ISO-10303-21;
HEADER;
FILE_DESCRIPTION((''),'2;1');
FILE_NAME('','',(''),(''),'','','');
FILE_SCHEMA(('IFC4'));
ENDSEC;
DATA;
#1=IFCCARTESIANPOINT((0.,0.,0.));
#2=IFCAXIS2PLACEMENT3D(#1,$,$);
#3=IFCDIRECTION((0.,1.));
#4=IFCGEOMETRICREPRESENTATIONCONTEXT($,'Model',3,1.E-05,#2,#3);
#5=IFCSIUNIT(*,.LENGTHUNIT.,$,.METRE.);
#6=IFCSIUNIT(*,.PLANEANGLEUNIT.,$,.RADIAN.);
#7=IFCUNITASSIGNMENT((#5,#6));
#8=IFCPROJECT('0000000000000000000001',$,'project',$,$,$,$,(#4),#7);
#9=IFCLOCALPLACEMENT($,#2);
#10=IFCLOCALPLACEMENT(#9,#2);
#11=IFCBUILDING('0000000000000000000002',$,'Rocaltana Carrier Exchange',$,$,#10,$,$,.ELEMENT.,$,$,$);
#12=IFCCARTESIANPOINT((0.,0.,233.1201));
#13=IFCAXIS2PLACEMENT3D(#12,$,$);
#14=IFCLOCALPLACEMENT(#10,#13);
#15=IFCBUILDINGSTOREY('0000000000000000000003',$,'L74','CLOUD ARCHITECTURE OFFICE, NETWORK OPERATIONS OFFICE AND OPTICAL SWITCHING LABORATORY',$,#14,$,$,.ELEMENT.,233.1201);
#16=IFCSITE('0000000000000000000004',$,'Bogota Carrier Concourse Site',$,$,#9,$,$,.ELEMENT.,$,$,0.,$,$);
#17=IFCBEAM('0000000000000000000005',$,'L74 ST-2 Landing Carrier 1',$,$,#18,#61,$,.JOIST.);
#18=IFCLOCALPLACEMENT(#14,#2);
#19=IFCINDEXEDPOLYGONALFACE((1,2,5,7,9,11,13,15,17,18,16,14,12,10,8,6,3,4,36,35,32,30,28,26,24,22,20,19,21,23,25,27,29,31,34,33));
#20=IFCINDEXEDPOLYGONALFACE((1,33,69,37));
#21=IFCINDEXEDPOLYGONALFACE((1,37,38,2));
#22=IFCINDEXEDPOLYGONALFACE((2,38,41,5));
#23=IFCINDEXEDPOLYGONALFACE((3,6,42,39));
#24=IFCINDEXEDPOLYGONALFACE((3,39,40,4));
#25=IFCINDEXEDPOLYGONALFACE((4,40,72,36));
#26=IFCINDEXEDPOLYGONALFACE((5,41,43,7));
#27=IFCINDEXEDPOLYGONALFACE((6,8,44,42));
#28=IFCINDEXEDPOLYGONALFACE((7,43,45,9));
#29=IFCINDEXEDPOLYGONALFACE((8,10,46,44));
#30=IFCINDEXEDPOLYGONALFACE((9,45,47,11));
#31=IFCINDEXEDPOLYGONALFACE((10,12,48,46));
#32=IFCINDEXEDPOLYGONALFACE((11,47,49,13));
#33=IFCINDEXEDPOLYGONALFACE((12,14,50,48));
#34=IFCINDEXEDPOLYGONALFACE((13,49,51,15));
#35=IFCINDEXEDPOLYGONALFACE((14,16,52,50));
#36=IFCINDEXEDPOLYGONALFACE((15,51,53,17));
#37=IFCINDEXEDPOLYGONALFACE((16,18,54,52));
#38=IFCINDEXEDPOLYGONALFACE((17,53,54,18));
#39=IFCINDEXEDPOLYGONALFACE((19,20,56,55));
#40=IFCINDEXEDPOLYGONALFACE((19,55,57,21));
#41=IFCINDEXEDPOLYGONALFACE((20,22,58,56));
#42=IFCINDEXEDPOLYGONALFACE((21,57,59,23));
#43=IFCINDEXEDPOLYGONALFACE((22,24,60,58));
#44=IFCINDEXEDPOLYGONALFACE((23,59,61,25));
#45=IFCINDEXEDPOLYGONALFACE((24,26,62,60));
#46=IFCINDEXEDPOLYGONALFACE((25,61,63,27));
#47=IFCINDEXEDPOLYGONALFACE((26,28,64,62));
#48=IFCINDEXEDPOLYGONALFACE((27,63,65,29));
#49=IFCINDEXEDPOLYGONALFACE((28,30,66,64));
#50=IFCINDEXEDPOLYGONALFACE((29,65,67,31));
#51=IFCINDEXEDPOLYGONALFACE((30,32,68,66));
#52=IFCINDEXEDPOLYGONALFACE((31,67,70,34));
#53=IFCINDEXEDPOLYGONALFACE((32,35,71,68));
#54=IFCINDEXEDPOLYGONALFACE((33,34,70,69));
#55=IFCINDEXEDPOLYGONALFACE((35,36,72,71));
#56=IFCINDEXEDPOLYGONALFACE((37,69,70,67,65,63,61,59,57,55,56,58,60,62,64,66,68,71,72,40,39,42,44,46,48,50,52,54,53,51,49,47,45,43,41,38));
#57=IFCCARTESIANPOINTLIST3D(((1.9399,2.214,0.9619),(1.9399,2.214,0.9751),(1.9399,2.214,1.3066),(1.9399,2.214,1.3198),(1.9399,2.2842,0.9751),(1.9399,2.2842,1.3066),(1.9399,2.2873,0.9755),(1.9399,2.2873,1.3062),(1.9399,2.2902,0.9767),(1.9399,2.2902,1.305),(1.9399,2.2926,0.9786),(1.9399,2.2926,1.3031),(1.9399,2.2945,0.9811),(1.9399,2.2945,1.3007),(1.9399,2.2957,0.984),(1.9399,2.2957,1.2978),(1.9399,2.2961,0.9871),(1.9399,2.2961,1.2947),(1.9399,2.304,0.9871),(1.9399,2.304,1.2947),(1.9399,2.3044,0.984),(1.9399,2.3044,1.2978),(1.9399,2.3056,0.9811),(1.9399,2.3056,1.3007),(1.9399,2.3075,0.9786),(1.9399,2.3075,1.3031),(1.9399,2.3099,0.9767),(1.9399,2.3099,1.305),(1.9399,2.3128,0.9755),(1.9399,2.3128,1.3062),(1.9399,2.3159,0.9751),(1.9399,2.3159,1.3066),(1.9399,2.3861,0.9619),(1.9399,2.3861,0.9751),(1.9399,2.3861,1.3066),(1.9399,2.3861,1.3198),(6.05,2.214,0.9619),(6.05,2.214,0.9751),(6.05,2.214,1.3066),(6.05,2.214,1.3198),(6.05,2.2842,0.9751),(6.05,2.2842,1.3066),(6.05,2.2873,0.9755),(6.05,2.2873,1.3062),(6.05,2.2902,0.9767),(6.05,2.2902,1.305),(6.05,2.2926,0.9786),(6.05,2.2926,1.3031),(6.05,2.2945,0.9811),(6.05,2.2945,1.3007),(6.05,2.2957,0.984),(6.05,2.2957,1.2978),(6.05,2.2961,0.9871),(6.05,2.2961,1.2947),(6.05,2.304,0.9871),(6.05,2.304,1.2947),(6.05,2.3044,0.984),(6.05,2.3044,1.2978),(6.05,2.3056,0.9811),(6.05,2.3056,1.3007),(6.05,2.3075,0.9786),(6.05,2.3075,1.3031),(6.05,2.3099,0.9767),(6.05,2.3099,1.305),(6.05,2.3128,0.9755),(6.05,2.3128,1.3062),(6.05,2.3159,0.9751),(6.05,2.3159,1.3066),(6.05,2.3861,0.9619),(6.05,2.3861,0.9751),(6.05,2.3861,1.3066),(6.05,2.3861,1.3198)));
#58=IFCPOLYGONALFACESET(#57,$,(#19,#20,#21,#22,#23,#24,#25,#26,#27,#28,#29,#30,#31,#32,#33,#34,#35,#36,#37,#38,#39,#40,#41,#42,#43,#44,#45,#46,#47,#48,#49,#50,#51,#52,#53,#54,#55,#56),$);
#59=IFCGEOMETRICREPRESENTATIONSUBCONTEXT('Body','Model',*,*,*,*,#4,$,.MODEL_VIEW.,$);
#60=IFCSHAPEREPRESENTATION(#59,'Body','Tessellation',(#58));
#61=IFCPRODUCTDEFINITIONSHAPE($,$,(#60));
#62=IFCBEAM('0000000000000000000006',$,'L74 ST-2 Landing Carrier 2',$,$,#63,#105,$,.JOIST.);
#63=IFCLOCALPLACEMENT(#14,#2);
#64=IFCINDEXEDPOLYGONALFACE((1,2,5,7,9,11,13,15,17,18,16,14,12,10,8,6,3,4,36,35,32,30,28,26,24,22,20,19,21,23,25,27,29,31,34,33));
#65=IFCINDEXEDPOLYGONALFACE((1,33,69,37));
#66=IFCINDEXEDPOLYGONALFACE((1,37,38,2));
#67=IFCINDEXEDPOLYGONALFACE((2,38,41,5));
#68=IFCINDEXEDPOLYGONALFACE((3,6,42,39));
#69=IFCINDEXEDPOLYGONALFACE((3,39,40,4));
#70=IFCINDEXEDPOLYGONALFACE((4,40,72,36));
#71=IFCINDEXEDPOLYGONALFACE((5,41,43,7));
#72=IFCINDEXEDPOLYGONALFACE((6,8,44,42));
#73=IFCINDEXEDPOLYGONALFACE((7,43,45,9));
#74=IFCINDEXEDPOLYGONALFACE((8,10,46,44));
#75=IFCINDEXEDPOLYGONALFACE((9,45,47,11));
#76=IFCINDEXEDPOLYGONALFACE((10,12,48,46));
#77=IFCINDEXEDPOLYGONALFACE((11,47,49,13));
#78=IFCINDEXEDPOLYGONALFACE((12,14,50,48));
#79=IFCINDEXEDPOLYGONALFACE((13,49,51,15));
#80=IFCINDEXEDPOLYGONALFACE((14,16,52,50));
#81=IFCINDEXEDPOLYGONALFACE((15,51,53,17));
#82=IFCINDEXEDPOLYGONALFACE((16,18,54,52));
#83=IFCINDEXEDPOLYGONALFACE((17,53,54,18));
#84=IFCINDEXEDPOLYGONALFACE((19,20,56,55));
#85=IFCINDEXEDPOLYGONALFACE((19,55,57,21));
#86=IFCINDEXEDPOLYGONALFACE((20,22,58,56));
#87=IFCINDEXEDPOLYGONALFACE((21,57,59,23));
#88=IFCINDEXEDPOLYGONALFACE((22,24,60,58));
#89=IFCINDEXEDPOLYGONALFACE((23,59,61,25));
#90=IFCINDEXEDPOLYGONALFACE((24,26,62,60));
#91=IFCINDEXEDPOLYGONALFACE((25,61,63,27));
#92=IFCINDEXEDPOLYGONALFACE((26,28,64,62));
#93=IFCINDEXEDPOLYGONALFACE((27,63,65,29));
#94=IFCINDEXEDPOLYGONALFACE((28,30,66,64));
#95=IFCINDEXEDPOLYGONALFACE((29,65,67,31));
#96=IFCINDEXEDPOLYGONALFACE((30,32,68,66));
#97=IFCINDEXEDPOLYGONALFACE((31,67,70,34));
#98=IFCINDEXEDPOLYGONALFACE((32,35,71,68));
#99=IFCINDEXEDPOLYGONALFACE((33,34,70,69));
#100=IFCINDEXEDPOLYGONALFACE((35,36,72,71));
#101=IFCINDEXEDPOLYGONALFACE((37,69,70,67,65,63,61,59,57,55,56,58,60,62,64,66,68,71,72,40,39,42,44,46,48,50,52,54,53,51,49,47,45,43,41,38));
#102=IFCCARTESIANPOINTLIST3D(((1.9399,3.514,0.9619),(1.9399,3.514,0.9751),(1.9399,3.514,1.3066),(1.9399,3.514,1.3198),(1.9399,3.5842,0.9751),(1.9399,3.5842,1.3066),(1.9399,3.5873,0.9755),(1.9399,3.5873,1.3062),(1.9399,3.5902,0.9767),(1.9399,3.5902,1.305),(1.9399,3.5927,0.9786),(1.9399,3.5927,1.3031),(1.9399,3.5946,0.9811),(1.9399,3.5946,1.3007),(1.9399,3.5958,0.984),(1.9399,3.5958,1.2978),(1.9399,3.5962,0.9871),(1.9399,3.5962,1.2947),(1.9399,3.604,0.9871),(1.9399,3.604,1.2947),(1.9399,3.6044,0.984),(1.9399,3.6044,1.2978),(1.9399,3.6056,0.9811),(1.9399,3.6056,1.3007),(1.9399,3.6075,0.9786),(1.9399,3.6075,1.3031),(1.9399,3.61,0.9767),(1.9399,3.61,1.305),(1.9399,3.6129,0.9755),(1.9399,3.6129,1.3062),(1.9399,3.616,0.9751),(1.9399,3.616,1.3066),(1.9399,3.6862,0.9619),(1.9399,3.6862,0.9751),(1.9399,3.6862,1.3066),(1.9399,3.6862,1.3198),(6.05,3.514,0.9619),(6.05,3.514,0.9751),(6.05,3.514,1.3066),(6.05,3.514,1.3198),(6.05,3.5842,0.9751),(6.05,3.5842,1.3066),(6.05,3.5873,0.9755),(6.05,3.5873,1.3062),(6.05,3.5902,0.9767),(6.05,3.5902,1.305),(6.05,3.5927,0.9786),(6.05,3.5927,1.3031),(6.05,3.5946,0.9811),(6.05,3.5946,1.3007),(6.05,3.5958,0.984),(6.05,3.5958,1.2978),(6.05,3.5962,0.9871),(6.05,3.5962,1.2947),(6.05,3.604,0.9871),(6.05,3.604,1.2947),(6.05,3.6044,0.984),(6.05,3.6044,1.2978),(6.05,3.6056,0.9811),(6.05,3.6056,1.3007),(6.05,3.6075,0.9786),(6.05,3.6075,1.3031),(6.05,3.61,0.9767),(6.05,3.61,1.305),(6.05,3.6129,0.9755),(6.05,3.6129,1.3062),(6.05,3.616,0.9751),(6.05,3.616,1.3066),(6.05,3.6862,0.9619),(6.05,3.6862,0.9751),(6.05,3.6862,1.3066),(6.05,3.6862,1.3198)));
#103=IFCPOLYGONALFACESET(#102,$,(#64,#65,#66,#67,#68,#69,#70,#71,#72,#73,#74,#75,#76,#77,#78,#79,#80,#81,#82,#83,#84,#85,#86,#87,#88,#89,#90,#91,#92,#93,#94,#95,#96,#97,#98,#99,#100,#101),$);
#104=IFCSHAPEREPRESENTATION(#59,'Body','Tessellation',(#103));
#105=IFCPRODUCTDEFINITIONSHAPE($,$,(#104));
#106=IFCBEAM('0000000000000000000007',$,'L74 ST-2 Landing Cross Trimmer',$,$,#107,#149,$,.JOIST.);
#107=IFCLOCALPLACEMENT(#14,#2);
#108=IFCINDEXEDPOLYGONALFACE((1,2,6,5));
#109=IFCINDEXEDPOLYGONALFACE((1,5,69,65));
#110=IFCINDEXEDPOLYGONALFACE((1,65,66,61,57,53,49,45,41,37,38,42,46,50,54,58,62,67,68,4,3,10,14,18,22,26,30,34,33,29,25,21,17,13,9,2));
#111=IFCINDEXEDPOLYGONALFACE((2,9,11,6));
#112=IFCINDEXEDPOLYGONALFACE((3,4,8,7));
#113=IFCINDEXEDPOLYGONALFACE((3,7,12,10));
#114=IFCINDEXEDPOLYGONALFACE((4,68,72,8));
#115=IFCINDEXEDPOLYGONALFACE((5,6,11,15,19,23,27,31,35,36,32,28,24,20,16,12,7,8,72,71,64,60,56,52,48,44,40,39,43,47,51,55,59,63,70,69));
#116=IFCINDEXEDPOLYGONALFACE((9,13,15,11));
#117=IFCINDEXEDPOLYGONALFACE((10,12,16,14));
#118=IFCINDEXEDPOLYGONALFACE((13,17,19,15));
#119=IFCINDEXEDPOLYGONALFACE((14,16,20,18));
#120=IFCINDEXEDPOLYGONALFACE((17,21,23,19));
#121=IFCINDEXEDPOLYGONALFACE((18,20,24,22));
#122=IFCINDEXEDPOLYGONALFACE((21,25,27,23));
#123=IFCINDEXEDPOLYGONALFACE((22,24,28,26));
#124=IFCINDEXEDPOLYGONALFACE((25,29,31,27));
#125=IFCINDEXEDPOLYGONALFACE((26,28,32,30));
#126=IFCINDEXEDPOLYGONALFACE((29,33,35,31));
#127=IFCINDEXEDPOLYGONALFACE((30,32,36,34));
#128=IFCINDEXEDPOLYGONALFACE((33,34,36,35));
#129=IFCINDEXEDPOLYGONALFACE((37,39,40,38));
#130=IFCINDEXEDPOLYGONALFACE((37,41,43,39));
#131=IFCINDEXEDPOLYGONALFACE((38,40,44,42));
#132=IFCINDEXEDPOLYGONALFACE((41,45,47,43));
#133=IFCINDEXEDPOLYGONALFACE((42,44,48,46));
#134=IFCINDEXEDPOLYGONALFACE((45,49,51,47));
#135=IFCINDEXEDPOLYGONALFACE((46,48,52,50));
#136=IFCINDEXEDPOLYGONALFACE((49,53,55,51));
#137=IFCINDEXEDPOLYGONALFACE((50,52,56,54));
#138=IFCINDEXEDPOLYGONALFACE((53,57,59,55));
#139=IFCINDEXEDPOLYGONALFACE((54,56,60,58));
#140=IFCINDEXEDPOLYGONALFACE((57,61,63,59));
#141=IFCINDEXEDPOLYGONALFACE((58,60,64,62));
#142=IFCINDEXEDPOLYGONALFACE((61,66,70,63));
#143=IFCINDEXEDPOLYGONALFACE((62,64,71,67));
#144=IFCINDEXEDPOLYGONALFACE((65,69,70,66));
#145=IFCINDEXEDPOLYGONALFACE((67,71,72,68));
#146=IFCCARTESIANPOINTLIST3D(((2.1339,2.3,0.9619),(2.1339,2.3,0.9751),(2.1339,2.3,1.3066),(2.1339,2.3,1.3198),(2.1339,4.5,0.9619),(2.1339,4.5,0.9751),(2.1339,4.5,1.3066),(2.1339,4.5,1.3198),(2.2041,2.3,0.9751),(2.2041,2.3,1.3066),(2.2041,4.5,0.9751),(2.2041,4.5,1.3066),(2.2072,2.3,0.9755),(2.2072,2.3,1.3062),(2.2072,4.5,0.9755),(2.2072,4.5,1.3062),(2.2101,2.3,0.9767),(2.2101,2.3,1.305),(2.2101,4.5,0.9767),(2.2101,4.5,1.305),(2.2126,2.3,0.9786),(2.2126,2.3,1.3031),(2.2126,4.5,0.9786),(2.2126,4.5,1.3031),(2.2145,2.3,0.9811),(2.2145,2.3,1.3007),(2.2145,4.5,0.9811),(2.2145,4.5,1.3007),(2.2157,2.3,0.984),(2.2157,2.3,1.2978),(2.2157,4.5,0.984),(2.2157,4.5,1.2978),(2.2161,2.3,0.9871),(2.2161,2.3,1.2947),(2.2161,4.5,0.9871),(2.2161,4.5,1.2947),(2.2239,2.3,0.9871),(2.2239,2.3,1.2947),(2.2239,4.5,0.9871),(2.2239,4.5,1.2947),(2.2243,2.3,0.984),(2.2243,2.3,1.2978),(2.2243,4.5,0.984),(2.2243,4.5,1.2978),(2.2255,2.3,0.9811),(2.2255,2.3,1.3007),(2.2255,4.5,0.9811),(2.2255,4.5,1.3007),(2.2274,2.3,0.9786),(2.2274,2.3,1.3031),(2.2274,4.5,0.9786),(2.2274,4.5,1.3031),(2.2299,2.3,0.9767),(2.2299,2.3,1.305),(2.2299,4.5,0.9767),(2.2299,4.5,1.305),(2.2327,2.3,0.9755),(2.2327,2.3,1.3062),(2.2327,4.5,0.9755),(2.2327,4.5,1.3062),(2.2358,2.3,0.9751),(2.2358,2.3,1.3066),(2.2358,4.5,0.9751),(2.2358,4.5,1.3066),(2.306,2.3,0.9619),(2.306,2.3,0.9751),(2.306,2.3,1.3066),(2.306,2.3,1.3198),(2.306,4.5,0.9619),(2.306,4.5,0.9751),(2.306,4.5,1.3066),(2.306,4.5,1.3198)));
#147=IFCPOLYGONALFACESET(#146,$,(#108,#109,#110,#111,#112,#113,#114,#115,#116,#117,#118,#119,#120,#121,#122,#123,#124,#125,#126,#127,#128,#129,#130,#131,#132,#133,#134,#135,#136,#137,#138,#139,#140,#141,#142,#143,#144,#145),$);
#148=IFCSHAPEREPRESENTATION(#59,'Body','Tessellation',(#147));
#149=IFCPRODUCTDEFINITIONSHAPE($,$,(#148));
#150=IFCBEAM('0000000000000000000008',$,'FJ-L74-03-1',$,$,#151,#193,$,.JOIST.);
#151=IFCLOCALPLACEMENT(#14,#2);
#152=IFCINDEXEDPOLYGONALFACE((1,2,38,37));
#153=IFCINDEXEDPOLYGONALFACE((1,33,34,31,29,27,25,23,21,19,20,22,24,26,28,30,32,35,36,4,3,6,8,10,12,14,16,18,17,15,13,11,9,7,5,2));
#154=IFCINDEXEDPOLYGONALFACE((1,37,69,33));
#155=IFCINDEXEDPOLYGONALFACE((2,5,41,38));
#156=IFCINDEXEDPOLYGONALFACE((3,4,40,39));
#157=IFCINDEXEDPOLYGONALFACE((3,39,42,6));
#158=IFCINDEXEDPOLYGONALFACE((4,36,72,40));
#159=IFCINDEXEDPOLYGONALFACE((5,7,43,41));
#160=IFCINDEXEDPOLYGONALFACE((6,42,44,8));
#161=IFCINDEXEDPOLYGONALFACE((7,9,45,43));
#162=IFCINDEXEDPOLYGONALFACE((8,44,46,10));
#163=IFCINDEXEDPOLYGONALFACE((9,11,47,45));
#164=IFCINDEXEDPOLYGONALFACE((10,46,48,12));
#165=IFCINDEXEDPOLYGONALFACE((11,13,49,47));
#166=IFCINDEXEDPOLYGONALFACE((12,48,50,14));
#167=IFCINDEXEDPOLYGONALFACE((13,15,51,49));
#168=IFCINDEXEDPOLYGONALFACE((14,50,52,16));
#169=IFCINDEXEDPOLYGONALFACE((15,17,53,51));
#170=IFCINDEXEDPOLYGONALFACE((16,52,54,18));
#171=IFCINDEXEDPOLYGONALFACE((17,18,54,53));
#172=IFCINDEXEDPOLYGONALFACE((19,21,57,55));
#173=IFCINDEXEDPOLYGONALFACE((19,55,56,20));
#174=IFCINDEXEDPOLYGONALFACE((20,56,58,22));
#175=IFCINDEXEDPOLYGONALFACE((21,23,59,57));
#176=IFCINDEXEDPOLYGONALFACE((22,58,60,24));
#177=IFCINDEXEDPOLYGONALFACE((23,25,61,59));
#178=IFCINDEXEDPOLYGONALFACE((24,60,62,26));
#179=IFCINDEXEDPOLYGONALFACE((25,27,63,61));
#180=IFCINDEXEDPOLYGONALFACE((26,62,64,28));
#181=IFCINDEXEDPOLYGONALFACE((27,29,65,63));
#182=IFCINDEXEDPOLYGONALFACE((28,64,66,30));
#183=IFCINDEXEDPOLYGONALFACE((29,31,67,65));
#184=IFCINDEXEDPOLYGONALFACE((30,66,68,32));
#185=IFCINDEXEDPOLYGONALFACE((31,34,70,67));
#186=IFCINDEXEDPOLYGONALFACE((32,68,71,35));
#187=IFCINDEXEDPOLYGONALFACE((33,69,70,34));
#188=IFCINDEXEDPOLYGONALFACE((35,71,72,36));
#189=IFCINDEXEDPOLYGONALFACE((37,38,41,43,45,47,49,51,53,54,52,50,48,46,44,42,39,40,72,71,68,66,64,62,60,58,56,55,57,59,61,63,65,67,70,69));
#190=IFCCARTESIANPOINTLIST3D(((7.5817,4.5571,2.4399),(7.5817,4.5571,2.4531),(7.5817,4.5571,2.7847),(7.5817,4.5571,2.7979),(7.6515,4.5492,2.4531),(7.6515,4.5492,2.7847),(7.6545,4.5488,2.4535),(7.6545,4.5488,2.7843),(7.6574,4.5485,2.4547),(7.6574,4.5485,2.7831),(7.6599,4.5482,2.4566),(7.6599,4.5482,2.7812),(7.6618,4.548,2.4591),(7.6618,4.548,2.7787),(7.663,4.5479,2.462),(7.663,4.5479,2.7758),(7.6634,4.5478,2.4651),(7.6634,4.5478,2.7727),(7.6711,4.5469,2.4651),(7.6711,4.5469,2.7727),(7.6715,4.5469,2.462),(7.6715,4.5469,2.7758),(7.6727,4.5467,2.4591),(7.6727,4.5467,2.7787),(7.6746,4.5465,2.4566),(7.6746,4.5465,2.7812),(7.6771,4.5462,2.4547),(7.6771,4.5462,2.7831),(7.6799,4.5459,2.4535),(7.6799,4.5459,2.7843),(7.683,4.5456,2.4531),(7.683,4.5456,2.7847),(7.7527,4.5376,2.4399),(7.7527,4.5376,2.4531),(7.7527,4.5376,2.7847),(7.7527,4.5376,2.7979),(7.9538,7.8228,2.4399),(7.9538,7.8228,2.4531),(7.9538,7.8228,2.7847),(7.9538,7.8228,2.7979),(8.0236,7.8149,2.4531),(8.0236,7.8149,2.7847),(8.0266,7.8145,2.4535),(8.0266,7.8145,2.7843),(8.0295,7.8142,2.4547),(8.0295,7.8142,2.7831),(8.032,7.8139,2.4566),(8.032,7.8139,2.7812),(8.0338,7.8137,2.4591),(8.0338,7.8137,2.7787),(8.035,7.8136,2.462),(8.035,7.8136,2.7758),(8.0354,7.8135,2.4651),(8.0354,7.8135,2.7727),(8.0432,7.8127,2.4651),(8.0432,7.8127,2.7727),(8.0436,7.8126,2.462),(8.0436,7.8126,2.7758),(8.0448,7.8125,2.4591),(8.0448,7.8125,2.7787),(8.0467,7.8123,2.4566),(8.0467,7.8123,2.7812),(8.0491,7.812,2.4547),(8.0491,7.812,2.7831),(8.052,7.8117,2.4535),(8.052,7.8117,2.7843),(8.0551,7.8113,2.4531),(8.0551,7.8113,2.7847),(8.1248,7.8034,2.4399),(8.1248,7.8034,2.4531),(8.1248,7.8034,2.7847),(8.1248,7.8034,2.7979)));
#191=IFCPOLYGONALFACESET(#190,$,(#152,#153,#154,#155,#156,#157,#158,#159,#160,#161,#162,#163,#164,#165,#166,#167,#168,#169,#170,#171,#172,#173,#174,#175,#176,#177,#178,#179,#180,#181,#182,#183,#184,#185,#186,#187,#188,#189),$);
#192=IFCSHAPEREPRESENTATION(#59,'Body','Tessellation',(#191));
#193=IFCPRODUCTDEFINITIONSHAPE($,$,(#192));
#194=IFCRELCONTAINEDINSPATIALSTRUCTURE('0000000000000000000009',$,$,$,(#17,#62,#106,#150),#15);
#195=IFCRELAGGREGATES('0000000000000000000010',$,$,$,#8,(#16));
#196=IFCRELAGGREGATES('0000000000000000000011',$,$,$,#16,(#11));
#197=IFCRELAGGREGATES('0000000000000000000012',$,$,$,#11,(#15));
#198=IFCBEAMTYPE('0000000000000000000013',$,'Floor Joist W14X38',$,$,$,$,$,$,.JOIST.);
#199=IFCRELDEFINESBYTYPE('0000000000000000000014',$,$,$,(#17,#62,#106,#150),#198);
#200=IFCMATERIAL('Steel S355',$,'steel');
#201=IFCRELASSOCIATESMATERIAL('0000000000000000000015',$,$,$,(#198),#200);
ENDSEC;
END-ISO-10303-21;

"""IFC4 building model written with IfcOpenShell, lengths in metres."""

from ifc_helpers import new_model, si_unit, direction, frame, origin, origin_2d, place, context, subcontext, project, spatial, i_section, extrude, material, material_profile, profile_set, type_object, element, save


model = new_model("IFC4")

# Units and contexts
model_context = context("Model", 3, precision=1e-05, world=origin(), true_north=direction((0.0, 1.0)))
body_context = subcontext(model_context, "Body", "Model", "MODEL_VIEW")
ifc_project = project(units=[si_unit("LENGTHUNIT", "METRE"), si_unit("PLANEANGLEUNIT", "RADIAN")], contexts=[model_context])

# Site, building, storey
site_placement = place(None, origin())
site = spatial("IfcSite", under=ifc_project, at=site_placement, Name="Bogota Carrier Concourse Site", CompositionType="ELEMENT", RefElevation=0.0)
building_placement = place(site_placement, origin())
building = spatial("IfcBuilding", under=site, at=building_placement, Name="Rocaltana Carrier Exchange", CompositionType="ELEMENT")
storey_placement = place(building_placement, frame((0.0, 0.0, 233.1201)))
storey = spatial("IfcBuildingStorey", under=building, at=storey_placement, Name="L74", Description="CLOUD ARCHITECTURE OFFICE, NETWORK OPERATIONS OFFICE AND OPTICAL SWITCHING LABORATORY", CompositionType="ELEMENT", Elevation=233.1201)

# Beams
ifc_material_1 = material(Name="Steel S355", Category="steel")
ifc_material_profile_1 = material_profile(ifc_material_1, i_section(OverallWidth=0.1721, OverallDepth=0.3579, WebThickness=0.0078, FlangeThickness=0.0132, FilletRadius=0.012, at=origin_2d()), Name="W14X38")
ifc_profile_set_1 = profile_set([ifc_material_profile_1], Name="Steel S355")
beam_type_1 = type_object("IfcBeamType", Name="Floor Joist W14X38", PredefinedType="JOIST", material=ifc_profile_set_1)
for number, where, z_axis, x_axis, name in (
    (1, (1.9399, 2.3, 1.1409), (1.0, 0.0, 0.0), (0.0, 1.0, 0.0), "L74 ST-2 Landing Carrier 1"),
    (2, (1.9399, 3.6001, 1.1409), (1.0, 0.0, 0.0), (0.0, 1.0, 0.0), "L74 ST-2 Landing Carrier 2"),
):
    element("IfcBeam", number, at=place(storey_placement, frame(where, z_axis=z_axis, x_axis=x_axis)), inside=storey, type_object=beam_type_1, Name=name, PredefinedType="JOIST", context=body_context, shape_type="SweptSolid", body=[
        extrude(i_section(OverallWidth=0.1721, OverallDepth=0.3579, WebThickness=0.0078, FlangeThickness=0.0132, FilletRadius=0.012, at=origin_2d()), origin(), (0.0, 0.0, 1.0), 4.1101),
    ])
beam_1_placement = place(storey_placement, frame((2.22, 2.3, 1.1409), z_axis=(0.0, 1.0, 0.0), x_axis=(-1.0, 0.0, 0.0)))
element("IfcBeam", 3, at=beam_1_placement, inside=storey, type_object=beam_type_1, Name="L74 ST-2 Landing Cross Trimmer", PredefinedType="JOIST", context=body_context, shape_type="SweptSolid", body=[
    extrude(i_section(OverallWidth=0.1721, OverallDepth=0.3579, WebThickness=0.0078, FlangeThickness=0.0132, FilletRadius=0.012, at=origin_2d()), origin(), (0.0, 0.0, 1.0), 2.2),
])
beam_2_placement = place(storey_placement, frame((7.6672, 4.5474, 2.6189), z_axis=(0.113203, 0.993572, 0.0), x_axis=(-0.993572, 0.113203, 0.0)))
element("IfcBeam", 4, at=beam_2_placement, inside=storey, type_object=beam_type_1, Name="FJ-L74-03-1", PredefinedType="JOIST", context=body_context, shape_type="SweptSolid", body=[
    extrude(i_section(OverallWidth=0.1721, OverallDepth=0.3579, WebThickness=0.0078, FlangeThickness=0.0132, FilletRadius=0.012, at=origin_2d()), origin(), (0.0, 0.0, 1.0), 3.2869),
])

save(model, "model.ifc")
